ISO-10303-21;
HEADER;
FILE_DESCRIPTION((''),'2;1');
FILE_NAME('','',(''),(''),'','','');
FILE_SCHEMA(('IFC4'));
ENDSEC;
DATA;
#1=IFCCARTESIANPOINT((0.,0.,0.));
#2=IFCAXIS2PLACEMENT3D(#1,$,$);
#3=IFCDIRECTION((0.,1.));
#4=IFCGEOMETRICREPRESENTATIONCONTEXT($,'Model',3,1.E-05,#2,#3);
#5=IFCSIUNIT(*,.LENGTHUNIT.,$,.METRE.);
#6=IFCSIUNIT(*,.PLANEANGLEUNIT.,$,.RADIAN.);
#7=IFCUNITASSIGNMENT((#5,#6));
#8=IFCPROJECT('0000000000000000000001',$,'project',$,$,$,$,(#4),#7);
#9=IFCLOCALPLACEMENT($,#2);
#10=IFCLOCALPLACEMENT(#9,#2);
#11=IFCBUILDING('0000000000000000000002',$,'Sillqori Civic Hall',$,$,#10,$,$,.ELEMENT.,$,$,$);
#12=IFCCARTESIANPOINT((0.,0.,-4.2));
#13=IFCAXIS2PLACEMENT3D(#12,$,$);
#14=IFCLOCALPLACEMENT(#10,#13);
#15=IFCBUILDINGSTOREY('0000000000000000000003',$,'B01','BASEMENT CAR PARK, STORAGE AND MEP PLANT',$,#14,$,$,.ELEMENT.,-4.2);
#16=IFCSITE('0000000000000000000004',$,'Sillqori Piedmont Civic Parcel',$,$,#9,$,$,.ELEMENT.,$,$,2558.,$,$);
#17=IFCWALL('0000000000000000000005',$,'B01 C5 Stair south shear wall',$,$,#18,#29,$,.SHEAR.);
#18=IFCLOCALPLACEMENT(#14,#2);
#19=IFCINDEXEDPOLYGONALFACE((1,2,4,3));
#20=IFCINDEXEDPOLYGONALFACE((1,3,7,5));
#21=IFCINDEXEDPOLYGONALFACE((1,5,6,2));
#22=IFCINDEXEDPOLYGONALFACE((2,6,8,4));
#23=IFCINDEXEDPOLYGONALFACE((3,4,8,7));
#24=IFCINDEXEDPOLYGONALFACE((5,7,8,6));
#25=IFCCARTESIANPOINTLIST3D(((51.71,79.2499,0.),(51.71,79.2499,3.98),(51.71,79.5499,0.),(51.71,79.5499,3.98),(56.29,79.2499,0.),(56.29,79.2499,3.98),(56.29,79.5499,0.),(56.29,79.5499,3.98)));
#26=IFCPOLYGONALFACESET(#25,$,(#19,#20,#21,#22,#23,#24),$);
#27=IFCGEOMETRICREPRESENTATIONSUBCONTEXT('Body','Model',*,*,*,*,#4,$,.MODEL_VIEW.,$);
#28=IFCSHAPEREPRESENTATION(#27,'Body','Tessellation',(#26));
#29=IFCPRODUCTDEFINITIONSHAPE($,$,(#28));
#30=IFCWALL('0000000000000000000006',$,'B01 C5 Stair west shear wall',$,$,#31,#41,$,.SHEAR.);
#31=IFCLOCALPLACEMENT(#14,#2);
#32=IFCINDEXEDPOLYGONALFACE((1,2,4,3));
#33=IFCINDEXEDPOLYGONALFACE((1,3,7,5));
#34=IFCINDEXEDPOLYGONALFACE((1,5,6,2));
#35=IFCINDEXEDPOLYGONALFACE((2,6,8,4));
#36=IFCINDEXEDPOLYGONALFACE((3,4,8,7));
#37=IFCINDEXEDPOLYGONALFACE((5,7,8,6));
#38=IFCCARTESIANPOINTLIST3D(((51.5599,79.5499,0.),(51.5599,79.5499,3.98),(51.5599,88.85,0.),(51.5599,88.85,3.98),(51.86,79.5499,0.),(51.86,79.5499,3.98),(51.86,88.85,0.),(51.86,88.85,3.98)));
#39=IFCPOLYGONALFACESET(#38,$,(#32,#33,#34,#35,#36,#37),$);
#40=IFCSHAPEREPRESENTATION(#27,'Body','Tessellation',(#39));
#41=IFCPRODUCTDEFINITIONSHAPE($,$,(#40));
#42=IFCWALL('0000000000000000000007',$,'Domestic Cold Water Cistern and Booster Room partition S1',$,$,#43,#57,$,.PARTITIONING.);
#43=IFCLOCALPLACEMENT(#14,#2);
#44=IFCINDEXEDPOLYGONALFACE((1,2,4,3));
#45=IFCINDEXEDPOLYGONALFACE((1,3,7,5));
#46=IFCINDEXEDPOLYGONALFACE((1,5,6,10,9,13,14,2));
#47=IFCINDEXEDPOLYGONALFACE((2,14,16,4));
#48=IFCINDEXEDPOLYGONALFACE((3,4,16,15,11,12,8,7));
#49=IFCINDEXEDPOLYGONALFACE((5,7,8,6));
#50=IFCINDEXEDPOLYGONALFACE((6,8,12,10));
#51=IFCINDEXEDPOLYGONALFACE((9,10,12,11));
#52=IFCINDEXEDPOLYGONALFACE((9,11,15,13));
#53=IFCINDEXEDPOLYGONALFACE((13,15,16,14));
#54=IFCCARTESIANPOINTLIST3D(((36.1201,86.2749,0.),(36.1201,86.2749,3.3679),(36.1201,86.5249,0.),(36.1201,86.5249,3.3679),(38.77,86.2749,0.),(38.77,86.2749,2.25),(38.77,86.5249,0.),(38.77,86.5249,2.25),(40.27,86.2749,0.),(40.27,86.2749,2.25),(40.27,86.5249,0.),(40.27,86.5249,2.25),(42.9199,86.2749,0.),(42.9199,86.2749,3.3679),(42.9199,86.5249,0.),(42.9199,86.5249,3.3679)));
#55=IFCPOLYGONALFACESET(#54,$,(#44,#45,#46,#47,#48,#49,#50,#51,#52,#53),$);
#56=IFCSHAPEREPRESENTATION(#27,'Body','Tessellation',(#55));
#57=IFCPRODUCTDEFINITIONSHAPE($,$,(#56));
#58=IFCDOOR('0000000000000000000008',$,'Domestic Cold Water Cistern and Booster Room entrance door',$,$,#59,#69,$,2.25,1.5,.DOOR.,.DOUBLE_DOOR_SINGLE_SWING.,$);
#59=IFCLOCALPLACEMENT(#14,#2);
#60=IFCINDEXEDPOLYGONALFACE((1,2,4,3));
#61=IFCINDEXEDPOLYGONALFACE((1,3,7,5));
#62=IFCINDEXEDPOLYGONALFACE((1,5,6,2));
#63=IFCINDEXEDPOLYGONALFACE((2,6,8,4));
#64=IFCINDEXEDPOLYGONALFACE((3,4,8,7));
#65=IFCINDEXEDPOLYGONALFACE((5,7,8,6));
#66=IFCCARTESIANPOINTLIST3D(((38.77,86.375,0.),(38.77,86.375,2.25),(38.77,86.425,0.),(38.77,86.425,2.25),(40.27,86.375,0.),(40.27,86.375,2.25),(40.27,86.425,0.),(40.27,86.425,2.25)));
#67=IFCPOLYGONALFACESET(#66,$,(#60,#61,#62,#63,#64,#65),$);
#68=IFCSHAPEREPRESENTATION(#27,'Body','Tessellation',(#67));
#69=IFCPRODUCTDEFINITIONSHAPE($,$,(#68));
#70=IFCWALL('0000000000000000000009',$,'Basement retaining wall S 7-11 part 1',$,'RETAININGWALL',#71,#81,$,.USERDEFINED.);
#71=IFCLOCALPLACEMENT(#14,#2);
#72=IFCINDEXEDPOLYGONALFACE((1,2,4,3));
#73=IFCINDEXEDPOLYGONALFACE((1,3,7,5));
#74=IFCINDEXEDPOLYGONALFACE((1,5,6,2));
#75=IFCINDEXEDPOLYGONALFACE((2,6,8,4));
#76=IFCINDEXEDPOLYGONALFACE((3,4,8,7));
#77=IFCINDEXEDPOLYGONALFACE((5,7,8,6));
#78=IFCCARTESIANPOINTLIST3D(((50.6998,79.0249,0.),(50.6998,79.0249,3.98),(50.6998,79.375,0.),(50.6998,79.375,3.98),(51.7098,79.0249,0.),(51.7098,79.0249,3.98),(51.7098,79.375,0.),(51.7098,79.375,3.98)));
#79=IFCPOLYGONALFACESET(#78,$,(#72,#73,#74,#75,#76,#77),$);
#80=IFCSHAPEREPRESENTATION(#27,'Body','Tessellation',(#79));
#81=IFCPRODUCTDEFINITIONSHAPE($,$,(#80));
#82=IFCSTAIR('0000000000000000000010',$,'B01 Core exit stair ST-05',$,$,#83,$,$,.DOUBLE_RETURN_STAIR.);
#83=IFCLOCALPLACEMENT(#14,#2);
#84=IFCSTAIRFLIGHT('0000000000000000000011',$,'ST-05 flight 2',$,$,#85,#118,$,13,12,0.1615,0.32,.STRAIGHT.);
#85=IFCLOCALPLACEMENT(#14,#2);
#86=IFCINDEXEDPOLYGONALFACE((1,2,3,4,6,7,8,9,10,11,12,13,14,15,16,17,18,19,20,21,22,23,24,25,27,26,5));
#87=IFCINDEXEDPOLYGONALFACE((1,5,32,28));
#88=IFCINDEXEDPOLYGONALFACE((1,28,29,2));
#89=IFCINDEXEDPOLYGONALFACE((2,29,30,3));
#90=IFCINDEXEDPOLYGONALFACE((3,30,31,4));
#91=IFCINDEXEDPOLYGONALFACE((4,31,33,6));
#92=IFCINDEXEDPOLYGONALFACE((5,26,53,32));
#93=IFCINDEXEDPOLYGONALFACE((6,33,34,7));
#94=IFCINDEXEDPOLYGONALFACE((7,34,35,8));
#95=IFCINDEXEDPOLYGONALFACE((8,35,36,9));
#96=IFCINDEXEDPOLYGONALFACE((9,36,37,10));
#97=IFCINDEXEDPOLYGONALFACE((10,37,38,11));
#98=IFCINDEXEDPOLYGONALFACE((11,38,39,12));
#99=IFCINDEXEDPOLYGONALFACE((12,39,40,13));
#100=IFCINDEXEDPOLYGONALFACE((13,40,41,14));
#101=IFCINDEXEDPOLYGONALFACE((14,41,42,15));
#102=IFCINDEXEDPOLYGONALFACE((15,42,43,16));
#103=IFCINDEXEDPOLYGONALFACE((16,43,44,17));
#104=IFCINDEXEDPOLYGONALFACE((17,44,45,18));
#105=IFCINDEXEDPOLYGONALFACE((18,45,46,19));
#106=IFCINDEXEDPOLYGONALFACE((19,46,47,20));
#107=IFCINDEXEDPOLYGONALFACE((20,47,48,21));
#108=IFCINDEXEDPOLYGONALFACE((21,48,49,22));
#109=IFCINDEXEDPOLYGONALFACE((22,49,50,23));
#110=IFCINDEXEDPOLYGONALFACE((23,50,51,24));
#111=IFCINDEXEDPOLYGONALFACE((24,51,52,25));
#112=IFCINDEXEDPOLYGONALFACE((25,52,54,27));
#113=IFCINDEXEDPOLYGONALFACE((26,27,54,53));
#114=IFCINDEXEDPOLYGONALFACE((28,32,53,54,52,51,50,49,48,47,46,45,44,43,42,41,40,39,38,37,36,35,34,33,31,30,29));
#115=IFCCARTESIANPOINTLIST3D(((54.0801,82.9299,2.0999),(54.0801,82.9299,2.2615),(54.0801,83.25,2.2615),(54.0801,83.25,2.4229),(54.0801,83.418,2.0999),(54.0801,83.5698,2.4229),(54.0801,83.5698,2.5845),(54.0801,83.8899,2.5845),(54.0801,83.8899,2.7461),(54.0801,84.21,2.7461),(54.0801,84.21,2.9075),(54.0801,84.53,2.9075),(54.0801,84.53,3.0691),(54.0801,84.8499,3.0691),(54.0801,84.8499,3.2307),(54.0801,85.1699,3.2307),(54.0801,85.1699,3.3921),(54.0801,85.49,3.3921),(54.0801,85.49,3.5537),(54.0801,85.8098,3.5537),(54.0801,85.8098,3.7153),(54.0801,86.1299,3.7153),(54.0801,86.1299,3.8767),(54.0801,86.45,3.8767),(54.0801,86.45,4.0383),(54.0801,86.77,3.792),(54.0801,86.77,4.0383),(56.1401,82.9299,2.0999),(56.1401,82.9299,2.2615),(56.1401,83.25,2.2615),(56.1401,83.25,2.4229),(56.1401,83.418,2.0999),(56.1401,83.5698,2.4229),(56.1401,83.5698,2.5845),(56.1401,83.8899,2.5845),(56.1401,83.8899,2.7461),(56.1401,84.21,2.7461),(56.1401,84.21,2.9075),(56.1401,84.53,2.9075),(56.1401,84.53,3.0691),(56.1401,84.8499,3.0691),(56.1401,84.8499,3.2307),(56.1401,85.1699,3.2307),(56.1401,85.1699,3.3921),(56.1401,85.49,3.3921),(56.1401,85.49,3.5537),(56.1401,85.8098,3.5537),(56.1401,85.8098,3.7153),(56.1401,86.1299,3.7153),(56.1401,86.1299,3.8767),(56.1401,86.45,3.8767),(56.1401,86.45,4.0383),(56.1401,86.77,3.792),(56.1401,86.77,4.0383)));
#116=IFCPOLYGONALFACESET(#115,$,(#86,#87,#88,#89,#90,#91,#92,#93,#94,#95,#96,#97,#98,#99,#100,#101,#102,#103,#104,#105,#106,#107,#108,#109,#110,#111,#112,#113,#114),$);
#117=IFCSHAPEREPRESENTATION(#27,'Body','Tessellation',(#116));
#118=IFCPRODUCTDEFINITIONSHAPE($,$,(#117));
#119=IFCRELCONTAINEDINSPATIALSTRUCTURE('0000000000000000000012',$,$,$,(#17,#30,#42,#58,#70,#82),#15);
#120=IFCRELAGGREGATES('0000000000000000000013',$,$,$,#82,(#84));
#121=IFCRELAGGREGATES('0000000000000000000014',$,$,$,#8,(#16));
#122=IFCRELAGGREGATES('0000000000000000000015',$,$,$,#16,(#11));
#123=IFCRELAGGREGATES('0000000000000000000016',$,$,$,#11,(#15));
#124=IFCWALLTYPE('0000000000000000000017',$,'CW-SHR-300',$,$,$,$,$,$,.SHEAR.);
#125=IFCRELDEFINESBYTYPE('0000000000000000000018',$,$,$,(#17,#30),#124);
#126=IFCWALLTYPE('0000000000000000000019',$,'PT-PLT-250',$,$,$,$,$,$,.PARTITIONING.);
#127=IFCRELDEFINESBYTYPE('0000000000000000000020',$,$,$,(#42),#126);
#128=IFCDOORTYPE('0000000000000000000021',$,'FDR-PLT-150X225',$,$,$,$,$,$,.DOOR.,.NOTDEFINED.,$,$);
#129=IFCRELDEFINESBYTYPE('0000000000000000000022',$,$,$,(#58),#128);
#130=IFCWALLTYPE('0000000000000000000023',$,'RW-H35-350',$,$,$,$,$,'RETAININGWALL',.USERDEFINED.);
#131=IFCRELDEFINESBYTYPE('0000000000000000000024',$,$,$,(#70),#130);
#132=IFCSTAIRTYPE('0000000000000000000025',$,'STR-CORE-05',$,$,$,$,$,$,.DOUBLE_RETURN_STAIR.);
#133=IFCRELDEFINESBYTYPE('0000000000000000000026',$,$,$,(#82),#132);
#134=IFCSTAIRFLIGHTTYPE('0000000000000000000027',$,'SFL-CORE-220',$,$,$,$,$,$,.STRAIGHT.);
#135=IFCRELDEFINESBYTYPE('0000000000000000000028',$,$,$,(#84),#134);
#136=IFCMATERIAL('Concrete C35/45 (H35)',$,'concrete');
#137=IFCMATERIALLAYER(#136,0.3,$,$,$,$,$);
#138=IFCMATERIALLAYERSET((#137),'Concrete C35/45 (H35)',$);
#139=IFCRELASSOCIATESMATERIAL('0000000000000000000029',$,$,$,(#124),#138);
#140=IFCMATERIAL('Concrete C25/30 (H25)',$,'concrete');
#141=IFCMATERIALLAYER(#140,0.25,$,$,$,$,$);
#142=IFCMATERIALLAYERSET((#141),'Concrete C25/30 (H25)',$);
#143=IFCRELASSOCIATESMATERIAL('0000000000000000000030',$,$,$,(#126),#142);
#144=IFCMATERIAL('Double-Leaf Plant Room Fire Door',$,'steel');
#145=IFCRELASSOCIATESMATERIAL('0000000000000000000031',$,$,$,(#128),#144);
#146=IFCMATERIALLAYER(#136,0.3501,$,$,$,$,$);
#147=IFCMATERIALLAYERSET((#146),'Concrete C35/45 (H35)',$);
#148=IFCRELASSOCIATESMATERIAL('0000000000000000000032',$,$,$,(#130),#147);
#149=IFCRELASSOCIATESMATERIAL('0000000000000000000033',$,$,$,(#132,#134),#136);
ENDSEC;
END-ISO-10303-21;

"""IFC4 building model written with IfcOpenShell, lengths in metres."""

from ifc_helpers import new_model, si_unit, direction, frame, frame_2d, origin, place, context, subcontext, project, spatial, polyline, rectangle, outline, extrude, material, layer, layer_set, type_object, element, fill, aggregate, save


model = new_model("IFC4")

# Units and contexts
model_context = context("Model", 3, precision=1e-05, world=origin(), true_north=direction((0.0, 1.0)))
body_context = subcontext(model_context, "Body", "Model", "MODEL_VIEW")
ifc_project = project(units=[si_unit("LENGTHUNIT", "METRE"), si_unit("PLANEANGLEUNIT", "RADIAN")], contexts=[model_context])

# Site, building, storey
site_placement = place(None, origin())
site = spatial("IfcSite", under=ifc_project, at=site_placement, Name="Sillqori Piedmont Civic Parcel", CompositionType="ELEMENT", RefElevation=2558.0)
building_placement = place(site_placement, origin())
building = spatial("IfcBuilding", under=site, at=building_placement, Name="Sillqori Civic Hall", CompositionType="ELEMENT")
storey_placement = place(building_placement, frame((0.0, 0.0, -4.2)))
storey = spatial("IfcBuildingStorey", under=building, at=storey_placement, Name="B01", Description="BASEMENT CAR PARK, STORAGE AND MEP PLANT", CompositionType="ELEMENT", Elevation=-4.2)

# Shared definitions
ifc_material_1 = material(Name="Concrete C35/45 (H35)", Category="concrete")

# Walls
ifc_layer_1 = layer(ifc_material_1, 0.3)
ifc_layer_set_1 = layer_set([ifc_layer_1], Name="Concrete C35/45 (H35)")
wall_type_1 = type_object("IfcWallType", Name="CW-SHR-300", PredefinedType="SHEAR", material=ifc_layer_set_1)
wall_1_placement = place(storey_placement, frame((51.71, 79.3999, 0.0), z_axis=(0.0, 0.0, 1.0), x_axis=(1.0, 0.0, 0.0)))
element("IfcWall", 1, at=wall_1_placement, inside=storey, type_object=wall_type_1, Name="B01 C5 Stair south shear wall", PredefinedType="SHEAR", context=body_context, shape_type="SweptSolid", body=[
    extrude(rectangle(XDim=4.5801, YDim=0.3, at=frame_2d((2.29, 0.0))), origin(), (0.0, 0.0, 1.0), 3.98),
])
wall_2_placement = place(storey_placement, frame((51.71, 79.55, 0.0), z_axis=(0.0, 0.0, 1.0), x_axis=(0.0, 1.0, 0.0)))
element("IfcWall", 2, at=wall_2_placement, inside=storey, type_object=wall_type_1, Name="B01 C5 Stair west shear wall", PredefinedType="SHEAR", context=body_context, shape_type="SweptSolid", body=[
    extrude(rectangle(XDim=9.3, YDim=0.3, at=frame_2d((4.6499, 0.0))), origin(), (0.0, 0.0, 1.0), 3.98),
])

# Wall, opening, door
ifc_material_2 = material(Name="Concrete C25/30 (H25)", Category="concrete")
ifc_layer_2 = layer(ifc_material_2, 0.25)
ifc_layer_set_2 = layer_set([ifc_layer_2], Name="Concrete C25/30 (H25)")
wall_type_2 = type_object("IfcWallType", Name="PT-PLT-250", PredefinedType="PARTITIONING", material=ifc_layer_set_2)
wall_3_placement = place(storey_placement, frame((42.9199, 86.3999, 0.0), z_axis=(0.0, 0.0, 1.0), x_axis=(-1.0, 0.0, 0.0)))
wall_3 = element("IfcWall", 3, at=wall_3_placement, inside=storey, type_object=wall_type_2, Name="Domestic Cold Water Cistern and Booster Room partition S1", PredefinedType="PARTITIONING", context=body_context, shape_type="SweptSolid", body=[
    extrude(rectangle(XDim=6.7998, YDim=0.25, at=frame_2d((3.3999, 0.0))), origin(), (0.0, 0.0, 1.0), 3.3679),
])
opening_placement = place(wall_3_placement, frame((2.6499, 0.0, 0.0)))
opening = element("IfcOpeningElement", 4, at=opening_placement, cuts=wall_3, PredefinedType="OPENING", context=body_context, shape_type="SweptSolid", body=[
    extrude(rectangle(XDim=1.5, YDim=2.25, at=frame_2d((0.75, 1.125))), frame((0.0, 0.135, 0.0), z_axis=(0.0, -1.0, 0.0), x_axis=(1.0, 0.0, 0.0)), (0.0, 0.0, 1.0), 0.27),
])
ifc_material_3 = material(Name="Double-Leaf Plant Room Fire Door", Category="steel")
door_type = type_object("IfcDoorType", Name="FDR-PLT-150X225", OperationType="NOTDEFINED", PredefinedType="DOOR", material=ifc_material_3)
door_placement = place(opening_placement, origin())
door = element("IfcDoor", 5, at=door_placement, inside=storey, type_object=door_type, Name="Domestic Cold Water Cistern and Booster Room entrance door", OperationType="DOUBLE_DOOR_SINGLE_SWING", OverallHeight=2.25, OverallWidth=1.5, PredefinedType="DOOR", context=body_context, shape_type="SweptSolid", body=[
    extrude(rectangle(XDim=1.5, YDim=2.25, at=frame_2d((0.75, 1.125))), frame((0.0, 0.0249, 0.0), z_axis=(0.0, -1.0, 0.0), x_axis=(1.0, 0.0, 0.0)), (0.0, 0.0, 1.0), 0.05),
])
fill(opening, door)

# Wall
ifc_layer_3 = layer(ifc_material_1, 0.3501)
ifc_layer_set_3 = layer_set([ifc_layer_3], Name="Concrete C35/45 (H35)")
wall_type_3 = type_object("IfcWallType", Name="RW-H35-350", ElementType="RETAININGWALL", PredefinedType="USERDEFINED", material=ifc_layer_set_3)
wall_4_placement = place(storey_placement, frame((50.7, 79.2, 0.0), z_axis=(0.0, 0.0, 1.0), x_axis=(1.0, 0.0, 0.0)))
element("IfcWall", 6, at=wall_4_placement, inside=storey, type_object=wall_type_3, Name="Basement retaining wall S 7-11 part 1", ObjectType="RETAININGWALL", PredefinedType="USERDEFINED", context=body_context, shape_type="SweptSolid", body=[
    extrude(rectangle(XDim=1.01, YDim=0.3501, at=frame_2d((0.5049, 0.0))), origin(), (0.0, 0.0, 1.0), 3.98),
])

# Stair, stair flight
stair_type = type_object("IfcStairType", Name="STR-CORE-05", PredefinedType="DOUBLE_RETURN_STAIR", material=ifc_material_1)
stair_placement = place(storey_placement, origin())
stair = element("IfcStair", 7, at=stair_placement, inside=storey, type_object=stair_type, Name="B01 Core exit stair ST-05", PredefinedType="DOUBLE_RETURN_STAIR")
stair_flight_type = type_object("IfcStairFlightType", Name="SFL-CORE-220", PredefinedType="STRAIGHT", material=ifc_material_1)
stair_flight_placement = place(storey_placement, frame((55.1101, 82.9299, 2.0999), z_axis=(0.0, 0.0, 1.0), x_axis=(0.0, 1.0, 0.0)))
stair_flight = element("IfcStairFlight", 8, at=stair_flight_placement, type_object=stair_flight_type, Name="ST-05 flight 2", NumberOfRisers=13, NumberOfTreads=12, PredefinedType="STRAIGHT", RiserHeight=0.1615, TreadLength=0.32, context=body_context, shape_type="SweptSolid", body=[
    extrude(outline(polyline([(0.0, 0.0), (0.0, 0.1616), (0.3201, 0.1616), (0.3201, 0.323), (0.6399, 0.323), (0.6399, 0.4846), (0.96, 0.4846), (0.96, 0.6462), (1.28, 0.6462), (1.28, 0.8076), (1.6001, 0.8076), (1.6001, 0.9692), (1.9199, 0.9692), (1.9199, 1.1309), (2.24, 1.1309), (2.24, 1.2922), (2.5601, 1.2922), (2.5601, 1.4539), (2.8799, 1.4539), (2.8799, 1.6155), (3.2, 1.6155), (3.2, 1.7769), (3.52, 1.7769), (3.52, 1.9385), (3.8401, 1.9385), (3.8401, 2.1001), (3.8401, 1.6921), (0.488, 0.0), (0.0, 0.0)])), frame((0.0, 1.03, 0.0), z_axis=(0.0, -1.0, 0.0), x_axis=(1.0, 0.0, 0.0)), (0.0, 0.0, 1.0), 2.0601),
])
aggregate(stair, [stair_flight])

save(model, "model.ifc")
